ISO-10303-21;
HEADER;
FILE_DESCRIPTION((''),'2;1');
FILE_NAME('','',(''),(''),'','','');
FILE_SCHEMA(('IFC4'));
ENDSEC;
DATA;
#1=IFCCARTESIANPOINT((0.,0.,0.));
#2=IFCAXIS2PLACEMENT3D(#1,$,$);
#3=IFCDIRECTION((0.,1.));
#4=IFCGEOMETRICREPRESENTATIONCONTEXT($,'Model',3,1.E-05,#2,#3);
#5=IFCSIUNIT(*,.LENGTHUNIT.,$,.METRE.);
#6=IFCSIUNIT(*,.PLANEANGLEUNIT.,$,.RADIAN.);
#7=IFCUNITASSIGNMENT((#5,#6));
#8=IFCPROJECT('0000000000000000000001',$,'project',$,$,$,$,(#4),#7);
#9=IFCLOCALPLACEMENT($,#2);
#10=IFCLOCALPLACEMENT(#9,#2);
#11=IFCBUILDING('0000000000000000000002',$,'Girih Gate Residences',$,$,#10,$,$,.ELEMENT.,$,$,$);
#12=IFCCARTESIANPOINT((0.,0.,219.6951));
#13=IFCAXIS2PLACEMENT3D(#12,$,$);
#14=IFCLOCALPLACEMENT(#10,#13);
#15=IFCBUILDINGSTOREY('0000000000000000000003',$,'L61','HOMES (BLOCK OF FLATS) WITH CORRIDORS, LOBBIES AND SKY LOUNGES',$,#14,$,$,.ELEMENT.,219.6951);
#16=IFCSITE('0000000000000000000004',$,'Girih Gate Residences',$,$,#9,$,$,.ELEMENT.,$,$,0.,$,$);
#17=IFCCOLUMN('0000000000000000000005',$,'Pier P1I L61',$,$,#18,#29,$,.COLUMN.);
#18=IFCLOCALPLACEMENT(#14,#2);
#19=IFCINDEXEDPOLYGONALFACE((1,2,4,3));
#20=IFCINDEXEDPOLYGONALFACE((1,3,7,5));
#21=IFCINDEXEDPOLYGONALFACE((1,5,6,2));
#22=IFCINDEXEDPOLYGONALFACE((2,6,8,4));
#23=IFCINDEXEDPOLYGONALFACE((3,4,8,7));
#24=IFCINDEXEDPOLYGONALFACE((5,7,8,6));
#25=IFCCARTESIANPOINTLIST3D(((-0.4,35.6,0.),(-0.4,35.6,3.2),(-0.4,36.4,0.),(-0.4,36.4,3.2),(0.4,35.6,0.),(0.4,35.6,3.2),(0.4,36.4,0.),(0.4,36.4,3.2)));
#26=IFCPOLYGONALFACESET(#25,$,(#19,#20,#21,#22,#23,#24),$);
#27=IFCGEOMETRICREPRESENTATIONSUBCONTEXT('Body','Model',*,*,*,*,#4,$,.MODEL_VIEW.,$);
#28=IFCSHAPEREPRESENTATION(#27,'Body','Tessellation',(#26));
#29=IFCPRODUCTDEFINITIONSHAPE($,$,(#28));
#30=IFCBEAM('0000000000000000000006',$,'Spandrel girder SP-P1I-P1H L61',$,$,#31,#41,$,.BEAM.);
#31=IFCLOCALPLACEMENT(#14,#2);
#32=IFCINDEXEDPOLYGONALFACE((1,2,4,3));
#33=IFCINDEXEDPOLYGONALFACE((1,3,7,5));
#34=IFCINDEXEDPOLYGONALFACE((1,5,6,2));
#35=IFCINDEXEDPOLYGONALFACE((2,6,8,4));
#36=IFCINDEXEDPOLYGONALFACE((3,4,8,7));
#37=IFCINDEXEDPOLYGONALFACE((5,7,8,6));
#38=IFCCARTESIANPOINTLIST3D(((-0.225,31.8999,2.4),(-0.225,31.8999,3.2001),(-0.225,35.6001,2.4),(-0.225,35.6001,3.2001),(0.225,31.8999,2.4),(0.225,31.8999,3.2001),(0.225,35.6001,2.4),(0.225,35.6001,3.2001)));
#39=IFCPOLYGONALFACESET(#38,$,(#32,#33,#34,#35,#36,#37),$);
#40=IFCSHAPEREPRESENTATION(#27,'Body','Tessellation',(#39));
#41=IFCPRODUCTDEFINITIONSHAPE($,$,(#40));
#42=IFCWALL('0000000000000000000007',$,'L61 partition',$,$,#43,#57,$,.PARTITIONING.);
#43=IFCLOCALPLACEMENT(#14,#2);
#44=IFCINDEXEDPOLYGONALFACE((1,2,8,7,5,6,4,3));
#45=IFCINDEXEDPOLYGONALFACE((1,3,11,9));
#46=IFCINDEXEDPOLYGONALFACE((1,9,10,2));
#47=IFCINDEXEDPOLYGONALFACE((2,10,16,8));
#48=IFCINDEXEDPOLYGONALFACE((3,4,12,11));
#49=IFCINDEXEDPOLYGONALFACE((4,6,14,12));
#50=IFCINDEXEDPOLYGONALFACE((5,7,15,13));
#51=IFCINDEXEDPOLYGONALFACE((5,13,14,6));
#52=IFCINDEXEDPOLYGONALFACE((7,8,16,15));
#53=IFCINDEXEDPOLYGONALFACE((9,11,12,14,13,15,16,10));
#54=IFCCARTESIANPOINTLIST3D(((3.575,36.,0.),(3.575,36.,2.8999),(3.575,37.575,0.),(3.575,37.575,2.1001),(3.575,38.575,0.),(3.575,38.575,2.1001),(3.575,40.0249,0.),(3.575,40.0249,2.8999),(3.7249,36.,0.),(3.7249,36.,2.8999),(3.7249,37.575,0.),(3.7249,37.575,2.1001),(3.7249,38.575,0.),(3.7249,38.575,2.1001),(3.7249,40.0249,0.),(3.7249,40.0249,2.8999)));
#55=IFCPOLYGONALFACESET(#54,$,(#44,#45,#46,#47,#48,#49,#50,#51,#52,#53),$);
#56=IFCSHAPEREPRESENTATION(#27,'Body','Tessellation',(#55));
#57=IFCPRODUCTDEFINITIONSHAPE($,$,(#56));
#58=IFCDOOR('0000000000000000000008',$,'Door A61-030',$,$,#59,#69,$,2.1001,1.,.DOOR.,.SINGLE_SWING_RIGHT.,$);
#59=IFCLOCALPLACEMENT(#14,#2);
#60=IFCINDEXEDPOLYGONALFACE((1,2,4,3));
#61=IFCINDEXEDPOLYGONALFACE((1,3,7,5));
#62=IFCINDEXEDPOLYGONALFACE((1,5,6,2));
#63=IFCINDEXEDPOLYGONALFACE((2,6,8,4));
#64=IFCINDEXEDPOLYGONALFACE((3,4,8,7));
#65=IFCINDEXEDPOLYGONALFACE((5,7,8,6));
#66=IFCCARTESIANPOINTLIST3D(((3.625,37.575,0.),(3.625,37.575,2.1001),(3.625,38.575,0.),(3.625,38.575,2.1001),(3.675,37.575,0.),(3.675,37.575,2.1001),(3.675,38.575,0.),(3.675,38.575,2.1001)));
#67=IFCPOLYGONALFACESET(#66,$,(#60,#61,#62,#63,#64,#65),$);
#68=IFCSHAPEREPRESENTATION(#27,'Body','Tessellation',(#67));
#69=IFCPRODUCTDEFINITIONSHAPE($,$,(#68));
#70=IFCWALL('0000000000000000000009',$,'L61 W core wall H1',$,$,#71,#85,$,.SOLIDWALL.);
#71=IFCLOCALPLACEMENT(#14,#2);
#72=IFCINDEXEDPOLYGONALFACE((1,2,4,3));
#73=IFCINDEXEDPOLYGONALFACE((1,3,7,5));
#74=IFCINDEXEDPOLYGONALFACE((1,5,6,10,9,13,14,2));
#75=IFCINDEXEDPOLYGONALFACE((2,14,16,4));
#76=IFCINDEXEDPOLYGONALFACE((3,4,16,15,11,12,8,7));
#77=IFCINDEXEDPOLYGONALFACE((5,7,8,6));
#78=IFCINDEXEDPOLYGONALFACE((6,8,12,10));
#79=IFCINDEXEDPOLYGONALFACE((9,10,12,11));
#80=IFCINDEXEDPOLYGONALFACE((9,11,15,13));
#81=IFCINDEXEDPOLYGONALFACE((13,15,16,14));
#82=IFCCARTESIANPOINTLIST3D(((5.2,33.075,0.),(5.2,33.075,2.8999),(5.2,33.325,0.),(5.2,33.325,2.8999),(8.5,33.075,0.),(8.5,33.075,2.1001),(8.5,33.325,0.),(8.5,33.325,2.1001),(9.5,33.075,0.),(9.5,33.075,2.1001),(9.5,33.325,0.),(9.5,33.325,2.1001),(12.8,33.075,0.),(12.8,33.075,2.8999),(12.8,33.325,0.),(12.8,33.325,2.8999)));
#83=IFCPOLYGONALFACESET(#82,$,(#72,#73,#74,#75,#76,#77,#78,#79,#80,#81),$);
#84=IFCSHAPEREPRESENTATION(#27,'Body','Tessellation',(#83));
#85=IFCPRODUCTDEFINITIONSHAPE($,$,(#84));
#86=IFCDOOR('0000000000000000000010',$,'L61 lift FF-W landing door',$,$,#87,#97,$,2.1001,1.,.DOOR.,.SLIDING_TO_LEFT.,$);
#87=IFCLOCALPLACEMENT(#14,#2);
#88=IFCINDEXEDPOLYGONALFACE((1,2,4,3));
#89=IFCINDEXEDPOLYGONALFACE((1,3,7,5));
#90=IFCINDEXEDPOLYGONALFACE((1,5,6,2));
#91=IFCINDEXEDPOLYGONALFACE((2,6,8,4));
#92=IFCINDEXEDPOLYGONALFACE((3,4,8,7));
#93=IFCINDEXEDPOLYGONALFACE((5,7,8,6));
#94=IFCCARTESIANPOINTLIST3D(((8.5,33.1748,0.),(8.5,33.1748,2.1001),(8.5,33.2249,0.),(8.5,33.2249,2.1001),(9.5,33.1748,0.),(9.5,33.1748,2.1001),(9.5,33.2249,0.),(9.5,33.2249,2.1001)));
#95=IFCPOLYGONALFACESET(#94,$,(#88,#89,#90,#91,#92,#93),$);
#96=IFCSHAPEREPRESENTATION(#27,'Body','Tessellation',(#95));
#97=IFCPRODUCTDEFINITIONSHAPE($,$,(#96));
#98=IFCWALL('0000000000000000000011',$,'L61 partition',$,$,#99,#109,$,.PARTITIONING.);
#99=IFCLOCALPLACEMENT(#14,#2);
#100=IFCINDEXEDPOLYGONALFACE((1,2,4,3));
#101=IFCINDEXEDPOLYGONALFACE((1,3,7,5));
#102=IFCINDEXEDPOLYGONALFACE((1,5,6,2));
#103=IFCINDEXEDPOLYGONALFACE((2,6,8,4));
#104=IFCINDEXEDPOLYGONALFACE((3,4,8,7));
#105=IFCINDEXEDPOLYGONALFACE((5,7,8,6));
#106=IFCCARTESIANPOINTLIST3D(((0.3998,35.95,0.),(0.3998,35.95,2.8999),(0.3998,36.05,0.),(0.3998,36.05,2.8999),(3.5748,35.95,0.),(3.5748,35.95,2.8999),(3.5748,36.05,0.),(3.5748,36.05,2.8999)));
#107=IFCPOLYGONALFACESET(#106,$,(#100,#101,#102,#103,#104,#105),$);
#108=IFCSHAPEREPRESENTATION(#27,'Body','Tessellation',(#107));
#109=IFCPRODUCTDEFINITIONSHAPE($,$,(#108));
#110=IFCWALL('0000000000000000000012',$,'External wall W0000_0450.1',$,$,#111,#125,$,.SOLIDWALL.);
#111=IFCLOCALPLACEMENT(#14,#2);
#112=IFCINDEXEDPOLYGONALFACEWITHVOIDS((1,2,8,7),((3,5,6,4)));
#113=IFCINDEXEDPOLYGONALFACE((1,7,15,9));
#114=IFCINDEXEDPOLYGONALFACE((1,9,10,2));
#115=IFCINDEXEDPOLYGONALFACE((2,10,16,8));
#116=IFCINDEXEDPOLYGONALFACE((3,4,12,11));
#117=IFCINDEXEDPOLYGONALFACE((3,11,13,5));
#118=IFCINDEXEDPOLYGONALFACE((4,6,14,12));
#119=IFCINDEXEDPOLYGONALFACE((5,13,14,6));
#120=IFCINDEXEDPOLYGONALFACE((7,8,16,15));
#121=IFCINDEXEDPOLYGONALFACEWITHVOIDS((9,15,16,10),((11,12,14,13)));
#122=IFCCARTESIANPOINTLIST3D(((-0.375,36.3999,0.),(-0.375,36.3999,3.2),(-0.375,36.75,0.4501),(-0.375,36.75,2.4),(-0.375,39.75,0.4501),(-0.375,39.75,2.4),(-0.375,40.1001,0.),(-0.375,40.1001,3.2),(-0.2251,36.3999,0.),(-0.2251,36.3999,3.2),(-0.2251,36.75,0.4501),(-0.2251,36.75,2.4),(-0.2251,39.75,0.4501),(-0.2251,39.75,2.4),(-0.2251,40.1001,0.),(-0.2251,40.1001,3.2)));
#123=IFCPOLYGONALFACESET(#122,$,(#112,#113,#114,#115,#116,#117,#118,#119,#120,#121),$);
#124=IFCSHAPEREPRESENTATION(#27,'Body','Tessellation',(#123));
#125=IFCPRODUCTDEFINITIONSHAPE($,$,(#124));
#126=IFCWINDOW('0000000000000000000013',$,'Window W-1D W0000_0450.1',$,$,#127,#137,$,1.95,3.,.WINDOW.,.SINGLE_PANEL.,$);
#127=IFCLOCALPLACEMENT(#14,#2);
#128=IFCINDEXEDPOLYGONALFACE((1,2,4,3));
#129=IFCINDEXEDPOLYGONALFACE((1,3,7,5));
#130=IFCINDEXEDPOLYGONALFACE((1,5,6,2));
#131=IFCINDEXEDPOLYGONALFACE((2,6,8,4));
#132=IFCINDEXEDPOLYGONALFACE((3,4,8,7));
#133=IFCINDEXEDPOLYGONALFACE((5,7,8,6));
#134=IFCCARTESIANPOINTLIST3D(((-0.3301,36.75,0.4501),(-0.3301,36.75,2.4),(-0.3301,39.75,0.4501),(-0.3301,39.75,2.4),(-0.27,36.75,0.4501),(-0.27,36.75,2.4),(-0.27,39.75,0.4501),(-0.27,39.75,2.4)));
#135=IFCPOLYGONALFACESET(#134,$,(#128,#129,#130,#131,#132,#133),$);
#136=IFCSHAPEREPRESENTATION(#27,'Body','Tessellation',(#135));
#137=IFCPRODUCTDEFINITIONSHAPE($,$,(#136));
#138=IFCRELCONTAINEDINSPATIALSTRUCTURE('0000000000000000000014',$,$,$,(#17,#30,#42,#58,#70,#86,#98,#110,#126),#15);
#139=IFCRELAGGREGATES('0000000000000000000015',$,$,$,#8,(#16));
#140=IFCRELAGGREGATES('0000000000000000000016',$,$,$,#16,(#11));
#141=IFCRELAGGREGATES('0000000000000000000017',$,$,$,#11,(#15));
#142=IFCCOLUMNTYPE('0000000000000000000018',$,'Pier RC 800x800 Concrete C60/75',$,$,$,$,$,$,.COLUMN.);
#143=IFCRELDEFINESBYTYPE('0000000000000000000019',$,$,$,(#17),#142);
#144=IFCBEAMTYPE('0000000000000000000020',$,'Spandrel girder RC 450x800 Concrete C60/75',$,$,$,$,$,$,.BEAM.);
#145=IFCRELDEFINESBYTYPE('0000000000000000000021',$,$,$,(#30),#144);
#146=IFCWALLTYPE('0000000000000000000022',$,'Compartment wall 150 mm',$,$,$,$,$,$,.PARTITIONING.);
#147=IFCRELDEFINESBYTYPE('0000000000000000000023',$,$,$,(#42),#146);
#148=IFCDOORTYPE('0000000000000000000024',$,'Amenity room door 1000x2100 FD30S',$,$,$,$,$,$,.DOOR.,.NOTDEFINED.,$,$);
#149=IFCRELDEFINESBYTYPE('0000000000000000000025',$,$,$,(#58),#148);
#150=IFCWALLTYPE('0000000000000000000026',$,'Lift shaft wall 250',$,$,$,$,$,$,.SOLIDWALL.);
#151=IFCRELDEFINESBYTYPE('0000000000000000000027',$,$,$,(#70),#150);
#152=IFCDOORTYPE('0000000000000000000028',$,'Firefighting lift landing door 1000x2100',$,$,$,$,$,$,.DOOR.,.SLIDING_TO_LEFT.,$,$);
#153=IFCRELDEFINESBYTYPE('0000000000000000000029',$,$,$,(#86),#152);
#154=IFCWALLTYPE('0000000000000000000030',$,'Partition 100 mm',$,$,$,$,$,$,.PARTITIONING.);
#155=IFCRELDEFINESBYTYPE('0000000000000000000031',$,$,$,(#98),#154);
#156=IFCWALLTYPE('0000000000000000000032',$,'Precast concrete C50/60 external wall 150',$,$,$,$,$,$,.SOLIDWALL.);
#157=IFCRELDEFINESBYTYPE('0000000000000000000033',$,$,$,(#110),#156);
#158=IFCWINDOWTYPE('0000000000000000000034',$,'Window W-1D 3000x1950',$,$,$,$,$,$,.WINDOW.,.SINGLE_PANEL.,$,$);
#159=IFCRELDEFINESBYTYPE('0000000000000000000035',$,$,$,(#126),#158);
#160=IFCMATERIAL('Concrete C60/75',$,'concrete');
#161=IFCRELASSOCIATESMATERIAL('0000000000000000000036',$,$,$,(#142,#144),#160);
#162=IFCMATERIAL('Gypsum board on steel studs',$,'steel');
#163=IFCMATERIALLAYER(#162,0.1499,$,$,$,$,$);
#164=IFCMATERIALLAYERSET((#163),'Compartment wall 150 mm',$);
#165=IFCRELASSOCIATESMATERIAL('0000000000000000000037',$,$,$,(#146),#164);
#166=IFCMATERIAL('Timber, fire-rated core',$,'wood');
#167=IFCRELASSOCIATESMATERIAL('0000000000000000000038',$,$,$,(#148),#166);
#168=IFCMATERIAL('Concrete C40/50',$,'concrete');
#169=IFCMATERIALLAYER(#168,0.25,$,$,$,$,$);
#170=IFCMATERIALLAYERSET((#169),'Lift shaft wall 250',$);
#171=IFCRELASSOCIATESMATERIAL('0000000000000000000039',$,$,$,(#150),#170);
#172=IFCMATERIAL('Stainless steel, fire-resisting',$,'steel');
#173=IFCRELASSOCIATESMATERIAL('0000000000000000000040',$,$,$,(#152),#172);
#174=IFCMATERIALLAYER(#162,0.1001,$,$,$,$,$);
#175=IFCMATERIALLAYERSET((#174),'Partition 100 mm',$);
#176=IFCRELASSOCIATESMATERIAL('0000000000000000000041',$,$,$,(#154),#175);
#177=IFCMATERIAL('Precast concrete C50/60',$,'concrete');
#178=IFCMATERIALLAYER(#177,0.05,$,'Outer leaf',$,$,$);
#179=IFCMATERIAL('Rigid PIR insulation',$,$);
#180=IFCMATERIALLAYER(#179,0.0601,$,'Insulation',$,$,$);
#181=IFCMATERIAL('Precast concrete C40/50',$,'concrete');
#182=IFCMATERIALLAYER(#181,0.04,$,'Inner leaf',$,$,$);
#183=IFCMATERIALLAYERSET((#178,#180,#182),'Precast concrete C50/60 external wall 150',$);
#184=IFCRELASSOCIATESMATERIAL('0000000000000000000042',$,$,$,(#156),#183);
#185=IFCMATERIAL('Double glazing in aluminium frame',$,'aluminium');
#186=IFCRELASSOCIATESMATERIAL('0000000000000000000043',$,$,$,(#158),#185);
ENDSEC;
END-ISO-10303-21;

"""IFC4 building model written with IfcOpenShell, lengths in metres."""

from ifc_helpers import new_model, si_unit, direction, frame, frame_2d, origin, origin_2d, place, context, subcontext, project, spatial, rectangle, extrude, material, layer, layer_set, material_profile, profile_set, type_object, element, fill, save


model = new_model("IFC4")

# Units and contexts
model_context = context("Model", 3, precision=1e-05, world=origin(), true_north=direction((0.0, 1.0)))
body_context = subcontext(model_context, "Body", "Model", "MODEL_VIEW")
ifc_project = project(units=[si_unit("LENGTHUNIT", "METRE"), si_unit("PLANEANGLEUNIT", "RADIAN")], contexts=[model_context])

# Site, building, storey
site_placement = place(None, origin())
site = spatial("IfcSite", under=ifc_project, at=site_placement, Name="Girih Gate Residences", CompositionType="ELEMENT", RefElevation=0.0)
building_placement = place(site_placement, origin())
building = spatial("IfcBuilding", under=site, at=building_placement, Name="Girih Gate Residences", CompositionType="ELEMENT")
storey_placement = place(building_placement, frame((0.0, 0.0, 219.6951)))
storey = spatial("IfcBuildingStorey", under=building, at=storey_placement, Name="L61", Description="HOMES (BLOCK OF FLATS) WITH CORRIDORS, LOBBIES AND SKY LOUNGES", CompositionType="ELEMENT", Elevation=219.6951)

# Column
ifc_material_1 = material(Name="Concrete C60/75", Category="concrete")
ifc_material_profile_1 = material_profile(ifc_material_1, rectangle(XDim=0.8, YDim=0.8, at=origin_2d()))
ifc_profile_set_1 = profile_set([ifc_material_profile_1], Name="Concrete C60/75")
column_type = type_object("IfcColumnType", Name="Pier RC 800x800 Concrete C60/75", PredefinedType="COLUMN", material=ifc_profile_set_1)
column_placement = place(storey_placement, frame((0.0, 36.0, 0.0), z_axis=(0.0, 0.0, 1.0), x_axis=(1.0, 0.0, 0.0)))
element("IfcColumn", 1, at=column_placement, inside=storey, type_object=column_type, Name="Pier P1I L61", PredefinedType="COLUMN", context=body_context, shape_type="SweptSolid", body=[
    extrude(rectangle(XDim=0.8, YDim=0.8, at=origin_2d()), origin(), (0.0, 0.0, 1.0), 3.2),
])

# Beam
ifc_material_profile_2 = material_profile(ifc_material_1, rectangle(XDim=0.45, YDim=0.8, at=origin_2d()))
ifc_profile_set_2 = profile_set([ifc_material_profile_2], Name="Concrete C60/75")
beam_type = type_object("IfcBeamType", Name="Spandrel girder RC 450x800 Concrete C60/75", PredefinedType="BEAM", material=ifc_profile_set_2)
beam_placement = place(storey_placement, frame((0.0, 35.6001, 2.8), z_axis=(0.0, -1.0, 0.0), x_axis=(1.0, 0.0, 0.0)))
element("IfcBeam", 2, at=beam_placement, inside=storey, type_object=beam_type, Name="Spandrel girder SP-P1I-P1H L61", PredefinedType="BEAM", context=body_context, shape_type="SweptSolid", body=[
    extrude(rectangle(XDim=0.45, YDim=0.8, at=origin_2d()), origin(), (0.0, 0.0, 1.0), 3.7002),
])

# Walls, openings, doors
ifc_material_2 = material(Name="Gypsum board on steel studs", Category="steel")
ifc_layer_1 = layer(ifc_material_2, 0.1499)
ifc_layer_set_1 = layer_set([ifc_layer_1], Name="Compartment wall 150 mm")
wall_type_1 = type_object("IfcWallType", Name="Compartment wall 150 mm", PredefinedType="PARTITIONING", material=ifc_layer_set_1)
wall_1_placement = place(storey_placement, frame((3.6499, 36.0, 0.0), z_axis=(0.0, 0.0, 1.0), x_axis=(0.0, 1.0, 0.0)))
wall_1 = element("IfcWall", 3, at=wall_1_placement, inside=storey, type_object=wall_type_1, Name="L61 partition", PredefinedType="PARTITIONING", context=body_context, shape_type="SweptSolid", body=[
    extrude(rectangle(XDim=4.0249, YDim=0.1499, at=frame_2d((2.0125, 0.0))), origin(), (0.0, 0.0, 1.0), 2.8999),
])
opening_1_placement = place(wall_1_placement, frame((1.575, 0.0, 0.0)))
opening_1 = element("IfcOpeningElement", 4, at=opening_1_placement, cuts=wall_1, PredefinedType="OPENING", context=body_context, shape_type="SweptSolid", body=[
    extrude(rectangle(XDim=1.0, YDim=2.1001, at=frame_2d((0.5, 1.05))), frame((0.0, 0.085, 0.0), z_axis=(0.0, -1.0, 0.0), x_axis=(1.0, 0.0, 0.0)), (0.0, 0.0, 1.0), 0.1699),
])
ifc_material_3 = material(Name="Timber, fire-rated core", Category="wood")
door_type_1 = type_object("IfcDoorType", Name="Amenity room door 1000x2100 FD30S", OperationType="NOTDEFINED", PredefinedType="DOOR", material=ifc_material_3)
door_1_placement = place(opening_1_placement, origin())
door_1 = element("IfcDoor", 5, at=door_1_placement, inside=storey, type_object=door_type_1, Name="Door A61-030", OperationType="SINGLE_SWING_RIGHT", OverallHeight=2.1001, OverallWidth=1.0, PredefinedType="DOOR", context=body_context, shape_type="SweptSolid", body=[
    extrude(rectangle(XDim=1.0, YDim=2.1001, at=frame_2d((0.5, 1.05))), frame((0.0, 0.0249, 0.0), z_axis=(0.0, -1.0, 0.0), x_axis=(1.0, 0.0, 0.0)), (0.0, 0.0, 1.0), 0.05),
])
fill(opening_1, door_1)
ifc_material_4 = material(Name="Concrete C40/50", Category="concrete")
ifc_layer_2 = layer(ifc_material_4, 0.25)
ifc_layer_set_2 = layer_set([ifc_layer_2], Name="Lift shaft wall 250")
wall_type_2 = type_object("IfcWallType", Name="Lift shaft wall 250", PredefinedType="SOLIDWALL", material=ifc_layer_set_2)
wall_2_placement = place(storey_placement, frame((5.2, 33.2, 0.0), z_axis=(0.0, 0.0, 1.0), x_axis=(1.0, 0.0, 0.0)))
wall_2 = element("IfcWall", 6, at=wall_2_placement, inside=storey, type_object=wall_type_2, Name="L61 W core wall H1", PredefinedType="SOLIDWALL", context=body_context, shape_type="SweptSolid", body=[
    extrude(rectangle(XDim=7.6001, YDim=0.25, at=frame_2d((3.8, 0.0))), origin(), (0.0, 0.0, 1.0), 2.8999),
])
opening_2_placement = place(wall_2_placement, frame((3.3, 0.0, 0.0)))
opening_2 = element("IfcOpeningElement", 7, at=opening_2_placement, cuts=wall_2, PredefinedType="OPENING", context=body_context, shape_type="SweptSolid", body=[
    extrude(rectangle(XDim=1.0, YDim=2.1001, at=frame_2d((0.5, 1.05))), frame((0.0, 0.135, 0.0), z_axis=(0.0, -1.0, 0.0), x_axis=(1.0, 0.0, 0.0)), (0.0, 0.0, 1.0), 0.27),
])
ifc_material_5 = material(Name="Stainless steel, fire-resisting", Category="steel")
door_type_2 = type_object("IfcDoorType", Name="Firefighting lift landing door 1000x2100", OperationType="SLIDING_TO_LEFT", PredefinedType="DOOR", material=ifc_material_5)
door_2_placement = place(opening_2_placement, origin())
door_2 = element("IfcDoor", 8, at=door_2_placement, inside=storey, type_object=door_type_2, Name="L61 lift FF-W landing door", OperationType="SLIDING_TO_LEFT", OverallHeight=2.1001, OverallWidth=1.0, PredefinedType="DOOR", context=body_context, shape_type="SweptSolid", body=[
    extrude(rectangle(XDim=1.0, YDim=2.1001, at=frame_2d((0.5, 1.05))), frame((0.0, 0.0249, 0.0), z_axis=(0.0, -1.0, 0.0), x_axis=(1.0, 0.0, 0.0)), (0.0, 0.0, 1.0), 0.05),
])
fill(opening_2, door_2)

# Wall
ifc_layer_3 = layer(ifc_material_2, 0.1001)
ifc_layer_set_3 = layer_set([ifc_layer_3], Name="Partition 100 mm")
wall_type_3 = type_object("IfcWallType", Name="Partition 100 mm", PredefinedType="PARTITIONING", material=ifc_layer_set_3)
wall_3_placement = place(storey_placement, frame((0.3999, 36.0, 0.0), z_axis=(0.0, 0.0, 1.0), x_axis=(1.0, 0.0, 0.0)))
element("IfcWall", 9, at=wall_3_placement, inside=storey, type_object=wall_type_3, Name="L61 partition", PredefinedType="PARTITIONING", context=body_context, shape_type="SweptSolid", body=[
    extrude(rectangle(XDim=3.175, YDim=0.1001, at=frame_2d((1.5874, 0.0))), origin(), (0.0, 0.0, 1.0), 2.8999),
])

# Wall, opening, window
ifc_material_6 = material(Name="Precast concrete C50/60", Category="concrete")
ifc_layer_4 = layer(ifc_material_6, 0.05, Name="Outer leaf")
ifc_material_7 = material(Name="Rigid PIR insulation")
ifc_layer_5 = layer(ifc_material_7, 0.0601, Name="Insulation")
ifc_material_8 = material(Name="Precast concrete C40/50", Category="concrete")
ifc_layer_6 = layer(ifc_material_8, 0.04, Name="Inner leaf")
ifc_layer_set_4 = layer_set([ifc_layer_4, ifc_layer_5, ifc_layer_6], Name="Precast concrete C50/60 external wall 150")
wall_type_4 = type_object("IfcWallType", Name="Precast concrete C50/60 external wall 150", PredefinedType="SOLIDWALL", material=ifc_layer_set_4)
wall_4_placement = place(storey_placement, frame((-0.3, 36.3999, 0.0), z_axis=(0.0, 0.0, 1.0), x_axis=(0.0, 1.0, 0.0)))
wall_4 = element("IfcWall", 10, at=wall_4_placement, inside=storey, type_object=wall_type_4, Name="External wall W0000_0450.1", PredefinedType="SOLIDWALL", context=body_context, shape_type="SweptSolid", body=[
    extrude(rectangle(XDim=3.7002, YDim=0.1499, at=frame_2d((1.8501, 0.0))), origin(), (0.0, 0.0, 1.0), 3.2),
])
opening_3_placement = place(wall_4_placement, frame((0.3501, 0.0, 0.45)))
opening_3 = element("IfcOpeningElement", 11, at=opening_3_placement, cuts=wall_4, PredefinedType="OPENING", context=body_context, shape_type="SweptSolid", body=[
    extrude(rectangle(XDim=3.0, YDim=1.95, at=frame_2d((1.5, 0.9751))), frame((0.0, 0.085, 0.0), z_axis=(0.0, -1.0, 0.0), x_axis=(1.0, 0.0, 0.0)), (0.0, 0.0, 1.0), 0.1699),
])
ifc_material_9 = material(Name="Double glazing in aluminium frame", Category="aluminium")
window_type = type_object("IfcWindowType", Name="Window W-1D 3000x1950", PartitioningType="SINGLE_PANEL", PredefinedType="WINDOW", material=ifc_material_9)
window_1_placement = place(opening_3_placement, origin())
window_1 = element("IfcWindow", 12, at=window_1_placement, inside=storey, type_object=window_type, Name="Window W-1D W0000_0450.1", OverallHeight=1.95, OverallWidth=3.0, PartitioningType="SINGLE_PANEL", PredefinedType="WINDOW", context=body_context, shape_type="SweptSolid", body=[
    extrude(rectangle(XDim=3.0, YDim=1.95, at=frame_2d((1.5, 0.9751))), frame((0.0, 0.03, 0.0), z_axis=(0.0, -1.0, 0.0), x_axis=(1.0, 0.0, 0.0)), (0.0, 0.0, 1.0), 0.0601),
])
fill(opening_3, window_1)

save(model, "model.ifc")
